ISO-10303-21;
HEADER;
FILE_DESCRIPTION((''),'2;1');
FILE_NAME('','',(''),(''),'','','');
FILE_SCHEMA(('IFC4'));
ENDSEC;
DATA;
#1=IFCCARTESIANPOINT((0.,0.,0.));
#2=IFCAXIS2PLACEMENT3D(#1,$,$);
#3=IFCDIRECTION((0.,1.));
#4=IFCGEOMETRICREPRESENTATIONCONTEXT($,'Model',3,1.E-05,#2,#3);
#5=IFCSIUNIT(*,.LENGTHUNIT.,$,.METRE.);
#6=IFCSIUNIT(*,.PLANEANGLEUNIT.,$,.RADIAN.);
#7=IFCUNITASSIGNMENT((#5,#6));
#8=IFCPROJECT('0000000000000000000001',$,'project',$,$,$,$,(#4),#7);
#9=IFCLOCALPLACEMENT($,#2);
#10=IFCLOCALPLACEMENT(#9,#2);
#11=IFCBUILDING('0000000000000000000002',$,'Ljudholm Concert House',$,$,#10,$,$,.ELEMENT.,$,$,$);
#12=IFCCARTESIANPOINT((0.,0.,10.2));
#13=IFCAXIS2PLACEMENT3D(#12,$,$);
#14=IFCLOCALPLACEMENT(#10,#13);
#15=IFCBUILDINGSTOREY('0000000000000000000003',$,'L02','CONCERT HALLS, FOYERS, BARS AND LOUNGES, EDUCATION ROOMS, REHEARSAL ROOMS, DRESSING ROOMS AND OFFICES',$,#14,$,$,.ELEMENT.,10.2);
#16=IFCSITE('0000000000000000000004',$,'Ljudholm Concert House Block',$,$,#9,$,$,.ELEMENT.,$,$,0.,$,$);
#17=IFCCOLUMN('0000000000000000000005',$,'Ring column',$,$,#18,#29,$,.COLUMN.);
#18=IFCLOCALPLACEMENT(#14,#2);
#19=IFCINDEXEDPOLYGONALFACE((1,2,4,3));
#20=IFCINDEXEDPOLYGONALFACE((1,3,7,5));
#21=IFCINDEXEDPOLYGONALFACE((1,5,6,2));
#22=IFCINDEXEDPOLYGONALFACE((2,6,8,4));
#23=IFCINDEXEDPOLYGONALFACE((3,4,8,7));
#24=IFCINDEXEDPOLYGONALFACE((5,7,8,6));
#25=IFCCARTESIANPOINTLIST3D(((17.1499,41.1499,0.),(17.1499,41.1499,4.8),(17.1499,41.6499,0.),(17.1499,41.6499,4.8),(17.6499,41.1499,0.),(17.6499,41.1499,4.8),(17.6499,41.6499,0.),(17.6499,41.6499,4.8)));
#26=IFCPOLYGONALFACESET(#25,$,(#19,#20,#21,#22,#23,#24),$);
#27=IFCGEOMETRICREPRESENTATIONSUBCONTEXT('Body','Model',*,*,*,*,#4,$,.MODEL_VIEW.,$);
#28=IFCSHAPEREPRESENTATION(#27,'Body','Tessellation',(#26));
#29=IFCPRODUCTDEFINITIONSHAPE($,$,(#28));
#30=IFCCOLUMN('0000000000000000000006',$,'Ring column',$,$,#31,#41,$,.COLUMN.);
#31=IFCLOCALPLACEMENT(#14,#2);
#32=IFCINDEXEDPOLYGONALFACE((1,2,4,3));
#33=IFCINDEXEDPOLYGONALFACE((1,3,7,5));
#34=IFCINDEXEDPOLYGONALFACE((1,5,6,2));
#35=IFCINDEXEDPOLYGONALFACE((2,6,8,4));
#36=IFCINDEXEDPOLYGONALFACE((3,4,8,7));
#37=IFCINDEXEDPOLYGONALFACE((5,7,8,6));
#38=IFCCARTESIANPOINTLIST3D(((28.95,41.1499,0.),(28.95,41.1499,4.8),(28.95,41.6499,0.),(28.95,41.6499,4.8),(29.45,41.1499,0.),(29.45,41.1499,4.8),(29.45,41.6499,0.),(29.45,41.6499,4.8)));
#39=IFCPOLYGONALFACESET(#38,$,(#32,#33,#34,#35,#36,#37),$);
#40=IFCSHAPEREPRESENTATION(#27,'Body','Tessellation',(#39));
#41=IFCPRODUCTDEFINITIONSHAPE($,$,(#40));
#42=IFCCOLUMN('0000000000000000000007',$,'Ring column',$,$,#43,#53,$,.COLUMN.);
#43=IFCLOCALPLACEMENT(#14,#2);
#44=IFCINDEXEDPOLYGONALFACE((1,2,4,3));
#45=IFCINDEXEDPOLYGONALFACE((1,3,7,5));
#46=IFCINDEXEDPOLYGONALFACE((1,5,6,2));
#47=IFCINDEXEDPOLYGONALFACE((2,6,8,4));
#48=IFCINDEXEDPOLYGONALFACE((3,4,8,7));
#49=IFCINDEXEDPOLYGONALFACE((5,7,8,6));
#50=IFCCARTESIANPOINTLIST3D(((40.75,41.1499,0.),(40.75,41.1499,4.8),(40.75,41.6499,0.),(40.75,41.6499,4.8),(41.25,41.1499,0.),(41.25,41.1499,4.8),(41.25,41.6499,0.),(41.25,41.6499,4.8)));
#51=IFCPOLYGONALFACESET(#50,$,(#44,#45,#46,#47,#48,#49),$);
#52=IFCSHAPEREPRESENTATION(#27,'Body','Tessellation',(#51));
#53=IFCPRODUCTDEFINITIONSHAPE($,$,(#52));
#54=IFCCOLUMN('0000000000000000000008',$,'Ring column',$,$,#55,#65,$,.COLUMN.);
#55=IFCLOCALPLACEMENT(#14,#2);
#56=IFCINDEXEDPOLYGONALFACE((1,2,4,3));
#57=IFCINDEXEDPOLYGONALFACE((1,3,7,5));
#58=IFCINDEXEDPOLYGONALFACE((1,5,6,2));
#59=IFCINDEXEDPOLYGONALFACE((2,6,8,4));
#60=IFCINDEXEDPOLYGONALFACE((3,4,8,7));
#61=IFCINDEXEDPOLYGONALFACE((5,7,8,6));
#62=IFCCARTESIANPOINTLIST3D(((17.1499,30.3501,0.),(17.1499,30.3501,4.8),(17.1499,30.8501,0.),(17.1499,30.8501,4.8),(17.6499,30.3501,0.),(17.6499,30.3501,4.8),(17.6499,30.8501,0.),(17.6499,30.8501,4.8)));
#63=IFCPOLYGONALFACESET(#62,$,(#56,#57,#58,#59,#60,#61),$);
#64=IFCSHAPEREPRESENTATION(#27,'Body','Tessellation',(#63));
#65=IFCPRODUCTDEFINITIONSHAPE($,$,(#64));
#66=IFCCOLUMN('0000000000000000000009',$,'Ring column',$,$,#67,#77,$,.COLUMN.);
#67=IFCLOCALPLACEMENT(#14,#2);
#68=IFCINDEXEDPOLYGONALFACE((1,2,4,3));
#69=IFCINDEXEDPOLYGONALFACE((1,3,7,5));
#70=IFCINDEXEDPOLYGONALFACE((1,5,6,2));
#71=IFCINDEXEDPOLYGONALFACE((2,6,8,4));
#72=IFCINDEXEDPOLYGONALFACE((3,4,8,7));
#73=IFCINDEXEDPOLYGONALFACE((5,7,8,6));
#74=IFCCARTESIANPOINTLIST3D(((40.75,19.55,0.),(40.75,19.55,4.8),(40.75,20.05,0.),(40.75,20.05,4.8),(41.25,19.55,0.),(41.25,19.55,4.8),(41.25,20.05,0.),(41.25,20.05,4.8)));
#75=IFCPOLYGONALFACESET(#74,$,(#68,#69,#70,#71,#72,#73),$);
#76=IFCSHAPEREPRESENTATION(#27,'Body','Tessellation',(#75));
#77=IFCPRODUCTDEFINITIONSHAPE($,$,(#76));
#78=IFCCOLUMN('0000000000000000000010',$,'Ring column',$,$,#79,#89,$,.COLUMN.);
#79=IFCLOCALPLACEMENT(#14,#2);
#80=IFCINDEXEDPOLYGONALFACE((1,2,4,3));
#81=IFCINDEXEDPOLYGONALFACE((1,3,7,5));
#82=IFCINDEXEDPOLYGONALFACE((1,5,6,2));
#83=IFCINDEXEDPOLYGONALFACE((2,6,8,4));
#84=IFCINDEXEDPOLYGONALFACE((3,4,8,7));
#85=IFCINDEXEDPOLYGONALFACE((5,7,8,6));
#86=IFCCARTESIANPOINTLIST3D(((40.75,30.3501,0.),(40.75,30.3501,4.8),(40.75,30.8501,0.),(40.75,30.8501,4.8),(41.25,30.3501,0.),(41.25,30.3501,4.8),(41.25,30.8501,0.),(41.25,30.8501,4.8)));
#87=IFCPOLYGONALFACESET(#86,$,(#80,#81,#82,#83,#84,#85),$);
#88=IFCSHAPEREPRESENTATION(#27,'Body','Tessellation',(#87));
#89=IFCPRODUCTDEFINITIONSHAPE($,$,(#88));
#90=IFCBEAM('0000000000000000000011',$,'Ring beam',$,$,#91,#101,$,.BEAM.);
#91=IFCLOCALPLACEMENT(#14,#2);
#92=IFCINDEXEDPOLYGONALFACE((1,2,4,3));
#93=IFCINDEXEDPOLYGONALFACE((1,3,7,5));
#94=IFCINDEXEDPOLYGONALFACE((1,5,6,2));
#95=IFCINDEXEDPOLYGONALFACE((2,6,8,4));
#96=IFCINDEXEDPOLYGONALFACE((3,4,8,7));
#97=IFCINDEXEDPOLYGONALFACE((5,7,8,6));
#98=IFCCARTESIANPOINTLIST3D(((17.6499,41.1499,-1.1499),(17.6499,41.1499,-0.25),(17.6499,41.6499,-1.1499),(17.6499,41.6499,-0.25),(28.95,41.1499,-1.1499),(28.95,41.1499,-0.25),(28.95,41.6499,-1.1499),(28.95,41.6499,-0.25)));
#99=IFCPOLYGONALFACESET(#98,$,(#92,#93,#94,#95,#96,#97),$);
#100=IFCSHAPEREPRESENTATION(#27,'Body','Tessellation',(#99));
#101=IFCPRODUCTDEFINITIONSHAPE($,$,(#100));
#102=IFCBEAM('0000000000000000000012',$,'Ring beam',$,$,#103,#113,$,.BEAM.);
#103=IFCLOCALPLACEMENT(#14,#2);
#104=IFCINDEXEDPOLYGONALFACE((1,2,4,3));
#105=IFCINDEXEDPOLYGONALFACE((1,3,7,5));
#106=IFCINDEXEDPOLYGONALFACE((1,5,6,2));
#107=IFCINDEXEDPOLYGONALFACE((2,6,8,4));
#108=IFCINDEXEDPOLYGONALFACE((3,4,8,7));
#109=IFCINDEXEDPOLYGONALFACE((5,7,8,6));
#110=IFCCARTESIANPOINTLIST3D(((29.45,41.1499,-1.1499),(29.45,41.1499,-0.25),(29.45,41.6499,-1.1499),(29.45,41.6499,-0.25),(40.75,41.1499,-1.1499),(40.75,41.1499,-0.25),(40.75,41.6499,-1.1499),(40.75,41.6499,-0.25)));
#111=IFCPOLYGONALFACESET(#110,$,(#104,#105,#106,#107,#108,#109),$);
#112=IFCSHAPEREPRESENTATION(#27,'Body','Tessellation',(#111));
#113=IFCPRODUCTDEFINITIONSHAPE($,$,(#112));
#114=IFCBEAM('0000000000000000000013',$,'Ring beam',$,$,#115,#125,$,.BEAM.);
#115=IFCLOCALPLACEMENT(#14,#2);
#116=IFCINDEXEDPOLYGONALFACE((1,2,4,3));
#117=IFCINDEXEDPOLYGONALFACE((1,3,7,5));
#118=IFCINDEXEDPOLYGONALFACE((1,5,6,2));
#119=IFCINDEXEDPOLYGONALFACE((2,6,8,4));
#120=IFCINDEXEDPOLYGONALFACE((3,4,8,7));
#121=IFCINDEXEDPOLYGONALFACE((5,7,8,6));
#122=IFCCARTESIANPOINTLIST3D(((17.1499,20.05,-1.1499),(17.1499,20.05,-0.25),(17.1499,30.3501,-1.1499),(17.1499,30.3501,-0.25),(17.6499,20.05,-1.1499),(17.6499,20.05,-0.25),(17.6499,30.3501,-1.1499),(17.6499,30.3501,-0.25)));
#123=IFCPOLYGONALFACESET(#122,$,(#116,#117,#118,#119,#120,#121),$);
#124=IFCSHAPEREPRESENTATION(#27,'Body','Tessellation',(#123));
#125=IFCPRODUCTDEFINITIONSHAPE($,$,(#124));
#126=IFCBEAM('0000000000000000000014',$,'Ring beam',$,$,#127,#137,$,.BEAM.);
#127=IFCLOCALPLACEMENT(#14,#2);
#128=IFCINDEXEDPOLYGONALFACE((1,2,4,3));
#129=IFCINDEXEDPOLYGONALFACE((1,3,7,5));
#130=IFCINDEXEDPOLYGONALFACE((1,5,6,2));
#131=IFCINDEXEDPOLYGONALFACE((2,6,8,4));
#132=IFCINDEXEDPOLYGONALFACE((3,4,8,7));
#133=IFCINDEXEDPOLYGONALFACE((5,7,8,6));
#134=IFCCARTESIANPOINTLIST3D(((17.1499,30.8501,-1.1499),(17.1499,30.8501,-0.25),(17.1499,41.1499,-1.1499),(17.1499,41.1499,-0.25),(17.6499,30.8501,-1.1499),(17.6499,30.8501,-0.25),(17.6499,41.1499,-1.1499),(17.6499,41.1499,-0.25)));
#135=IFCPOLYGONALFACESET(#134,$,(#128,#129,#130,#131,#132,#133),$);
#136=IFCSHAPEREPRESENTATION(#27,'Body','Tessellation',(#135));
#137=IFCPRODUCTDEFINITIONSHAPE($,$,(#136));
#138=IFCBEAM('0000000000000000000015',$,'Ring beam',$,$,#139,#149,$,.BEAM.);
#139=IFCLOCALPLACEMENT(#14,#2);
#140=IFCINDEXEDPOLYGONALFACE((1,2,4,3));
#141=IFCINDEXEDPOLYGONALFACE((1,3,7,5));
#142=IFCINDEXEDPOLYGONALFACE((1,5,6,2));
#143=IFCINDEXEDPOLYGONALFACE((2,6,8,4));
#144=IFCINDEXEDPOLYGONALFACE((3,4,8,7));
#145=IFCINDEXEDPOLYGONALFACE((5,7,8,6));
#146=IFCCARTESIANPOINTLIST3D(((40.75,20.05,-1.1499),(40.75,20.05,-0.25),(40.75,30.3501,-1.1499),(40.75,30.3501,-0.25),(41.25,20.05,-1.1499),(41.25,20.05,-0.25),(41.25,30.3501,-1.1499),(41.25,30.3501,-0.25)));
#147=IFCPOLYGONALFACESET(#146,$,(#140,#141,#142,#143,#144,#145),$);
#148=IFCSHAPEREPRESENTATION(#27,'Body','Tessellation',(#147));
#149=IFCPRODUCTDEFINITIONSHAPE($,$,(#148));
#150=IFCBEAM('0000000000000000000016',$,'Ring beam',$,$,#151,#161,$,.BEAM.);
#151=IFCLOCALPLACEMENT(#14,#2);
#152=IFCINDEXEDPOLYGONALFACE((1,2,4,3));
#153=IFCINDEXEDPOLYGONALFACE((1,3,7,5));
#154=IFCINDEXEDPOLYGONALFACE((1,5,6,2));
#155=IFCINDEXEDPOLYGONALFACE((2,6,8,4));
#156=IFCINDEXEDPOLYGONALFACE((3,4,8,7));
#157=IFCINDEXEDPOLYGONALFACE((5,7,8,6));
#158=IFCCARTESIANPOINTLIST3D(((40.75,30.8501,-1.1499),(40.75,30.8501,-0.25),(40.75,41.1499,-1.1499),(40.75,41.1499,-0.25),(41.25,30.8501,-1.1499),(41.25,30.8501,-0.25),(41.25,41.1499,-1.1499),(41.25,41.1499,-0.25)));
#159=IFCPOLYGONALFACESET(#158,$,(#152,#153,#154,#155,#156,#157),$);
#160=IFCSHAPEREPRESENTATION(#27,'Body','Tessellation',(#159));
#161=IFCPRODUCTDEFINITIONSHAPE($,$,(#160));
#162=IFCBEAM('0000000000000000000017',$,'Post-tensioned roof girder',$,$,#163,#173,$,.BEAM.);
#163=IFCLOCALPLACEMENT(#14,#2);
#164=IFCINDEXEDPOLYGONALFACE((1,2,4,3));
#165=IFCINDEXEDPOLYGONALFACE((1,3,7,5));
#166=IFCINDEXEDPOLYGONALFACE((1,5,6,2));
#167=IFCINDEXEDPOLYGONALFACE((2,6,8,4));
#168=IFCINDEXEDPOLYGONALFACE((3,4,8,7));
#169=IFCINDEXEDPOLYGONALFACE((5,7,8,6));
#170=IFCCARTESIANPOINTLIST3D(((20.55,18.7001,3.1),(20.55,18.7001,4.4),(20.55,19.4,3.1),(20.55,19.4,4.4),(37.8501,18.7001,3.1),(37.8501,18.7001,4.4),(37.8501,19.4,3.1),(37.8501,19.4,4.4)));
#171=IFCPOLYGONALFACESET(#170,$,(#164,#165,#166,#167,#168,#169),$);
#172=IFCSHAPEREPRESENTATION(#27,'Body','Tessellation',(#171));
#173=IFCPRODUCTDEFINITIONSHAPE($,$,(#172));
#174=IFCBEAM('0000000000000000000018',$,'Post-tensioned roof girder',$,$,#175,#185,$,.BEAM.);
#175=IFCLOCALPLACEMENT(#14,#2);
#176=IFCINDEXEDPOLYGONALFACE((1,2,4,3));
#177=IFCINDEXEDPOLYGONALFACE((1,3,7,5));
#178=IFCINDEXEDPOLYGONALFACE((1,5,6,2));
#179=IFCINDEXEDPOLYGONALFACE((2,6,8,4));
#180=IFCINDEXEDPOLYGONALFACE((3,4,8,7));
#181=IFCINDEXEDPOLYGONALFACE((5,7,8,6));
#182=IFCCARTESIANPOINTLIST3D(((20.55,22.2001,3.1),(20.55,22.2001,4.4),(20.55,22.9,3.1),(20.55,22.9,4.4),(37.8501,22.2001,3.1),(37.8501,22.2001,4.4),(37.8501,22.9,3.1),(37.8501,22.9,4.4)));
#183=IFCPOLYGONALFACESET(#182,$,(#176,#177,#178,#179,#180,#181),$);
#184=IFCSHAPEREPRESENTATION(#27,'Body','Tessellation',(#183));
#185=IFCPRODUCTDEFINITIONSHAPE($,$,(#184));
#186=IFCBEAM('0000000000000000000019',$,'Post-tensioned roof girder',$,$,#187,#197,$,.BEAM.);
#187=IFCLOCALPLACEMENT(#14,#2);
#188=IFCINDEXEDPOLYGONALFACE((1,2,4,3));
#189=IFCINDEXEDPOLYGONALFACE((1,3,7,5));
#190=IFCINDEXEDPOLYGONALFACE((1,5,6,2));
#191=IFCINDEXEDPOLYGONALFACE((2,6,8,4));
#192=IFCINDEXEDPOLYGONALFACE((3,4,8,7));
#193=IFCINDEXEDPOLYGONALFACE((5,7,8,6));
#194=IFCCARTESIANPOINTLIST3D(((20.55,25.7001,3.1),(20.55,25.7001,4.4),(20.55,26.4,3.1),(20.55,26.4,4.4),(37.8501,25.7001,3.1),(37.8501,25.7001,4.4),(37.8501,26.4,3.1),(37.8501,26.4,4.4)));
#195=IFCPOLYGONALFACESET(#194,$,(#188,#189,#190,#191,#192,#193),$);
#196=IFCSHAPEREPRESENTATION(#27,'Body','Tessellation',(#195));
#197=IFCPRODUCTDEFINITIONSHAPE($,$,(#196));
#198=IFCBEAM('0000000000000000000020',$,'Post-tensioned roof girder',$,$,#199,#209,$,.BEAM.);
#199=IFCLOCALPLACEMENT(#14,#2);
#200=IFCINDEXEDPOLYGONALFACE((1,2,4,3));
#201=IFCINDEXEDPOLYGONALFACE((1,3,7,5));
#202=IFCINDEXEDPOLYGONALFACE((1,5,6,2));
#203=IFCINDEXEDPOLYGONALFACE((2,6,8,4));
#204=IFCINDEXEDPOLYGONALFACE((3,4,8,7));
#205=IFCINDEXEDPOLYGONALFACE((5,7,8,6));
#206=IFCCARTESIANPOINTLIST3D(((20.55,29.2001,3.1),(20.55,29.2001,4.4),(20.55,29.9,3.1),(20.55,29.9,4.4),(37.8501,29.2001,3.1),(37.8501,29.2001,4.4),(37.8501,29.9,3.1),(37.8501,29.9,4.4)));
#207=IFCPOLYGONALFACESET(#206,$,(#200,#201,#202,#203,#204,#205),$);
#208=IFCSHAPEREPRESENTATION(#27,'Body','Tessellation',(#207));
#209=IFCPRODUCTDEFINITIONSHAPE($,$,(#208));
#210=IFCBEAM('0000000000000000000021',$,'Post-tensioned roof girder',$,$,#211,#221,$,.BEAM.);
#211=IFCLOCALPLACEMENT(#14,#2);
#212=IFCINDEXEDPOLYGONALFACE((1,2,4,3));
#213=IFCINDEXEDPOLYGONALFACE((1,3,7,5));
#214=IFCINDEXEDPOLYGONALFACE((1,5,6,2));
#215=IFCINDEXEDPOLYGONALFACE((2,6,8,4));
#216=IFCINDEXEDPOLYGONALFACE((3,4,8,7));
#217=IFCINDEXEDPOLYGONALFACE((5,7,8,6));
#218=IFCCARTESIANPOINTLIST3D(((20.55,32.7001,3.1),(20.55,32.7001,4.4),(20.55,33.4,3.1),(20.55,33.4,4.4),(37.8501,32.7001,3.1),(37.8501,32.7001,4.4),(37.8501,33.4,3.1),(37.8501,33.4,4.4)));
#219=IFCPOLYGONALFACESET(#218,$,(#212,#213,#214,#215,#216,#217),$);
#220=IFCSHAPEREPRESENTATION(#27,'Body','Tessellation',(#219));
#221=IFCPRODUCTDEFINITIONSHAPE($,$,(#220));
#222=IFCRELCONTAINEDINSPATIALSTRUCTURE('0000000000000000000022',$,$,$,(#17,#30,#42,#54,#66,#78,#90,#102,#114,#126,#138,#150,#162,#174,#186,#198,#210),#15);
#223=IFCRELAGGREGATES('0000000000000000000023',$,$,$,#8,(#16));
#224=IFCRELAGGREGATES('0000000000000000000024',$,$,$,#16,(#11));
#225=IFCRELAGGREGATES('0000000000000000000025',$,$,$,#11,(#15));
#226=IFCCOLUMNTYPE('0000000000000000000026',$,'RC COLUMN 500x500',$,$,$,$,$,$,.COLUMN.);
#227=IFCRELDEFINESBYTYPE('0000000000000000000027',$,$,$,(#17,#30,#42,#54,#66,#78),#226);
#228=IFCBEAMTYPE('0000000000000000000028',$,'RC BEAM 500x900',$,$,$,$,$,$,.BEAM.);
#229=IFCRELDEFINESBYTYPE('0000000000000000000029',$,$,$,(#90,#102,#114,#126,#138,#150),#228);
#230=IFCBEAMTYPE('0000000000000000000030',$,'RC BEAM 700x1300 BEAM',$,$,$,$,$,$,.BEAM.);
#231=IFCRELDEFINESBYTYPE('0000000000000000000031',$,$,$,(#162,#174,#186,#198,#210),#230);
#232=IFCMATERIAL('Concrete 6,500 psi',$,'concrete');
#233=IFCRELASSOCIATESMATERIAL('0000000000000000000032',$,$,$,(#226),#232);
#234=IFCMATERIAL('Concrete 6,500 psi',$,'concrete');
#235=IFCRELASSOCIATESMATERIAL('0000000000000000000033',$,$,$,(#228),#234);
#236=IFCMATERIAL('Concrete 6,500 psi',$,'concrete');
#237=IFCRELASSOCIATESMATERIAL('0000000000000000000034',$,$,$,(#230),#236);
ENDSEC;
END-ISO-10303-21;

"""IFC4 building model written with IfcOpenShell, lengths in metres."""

from ifc_helpers import new_model, si_unit, direction, frame, origin, origin_2d, place, context, subcontext, project, spatial, rectangle, extrude, material, material_profile, profile_set, type_object, element, save


model = new_model("IFC4")

# Units and contexts
model_context = context("Model", 3, precision=1e-05, world=origin(), true_north=direction((0.0, 1.0)))
body_context = subcontext(model_context, "Body", "Model", "MODEL_VIEW")
ifc_project = project(units=[si_unit("LENGTHUNIT", "METRE"), si_unit("PLANEANGLEUNIT", "RADIAN")], contexts=[model_context])

# Site, building, storey
site_placement = place(None, origin())
site = spatial("IfcSite", under=ifc_project, at=site_placement, Name="Ljudholm Concert House Block", CompositionType="ELEMENT", RefElevation=0.0)
building_placement = place(site_placement, origin())
building = spatial("IfcBuilding", under=site, at=building_placement, Name="Ljudholm Concert House", CompositionType="ELEMENT")
storey_placement = place(building_placement, frame((0.0, 0.0, 10.2)))
storey = spatial("IfcBuildingStorey", under=building, at=storey_placement, Name="L02", Description="CONCERT HALLS, FOYERS, BARS AND LOUNGES, EDUCATION ROOMS, REHEARSAL ROOMS, DRESSING ROOMS AND OFFICES", CompositionType="ELEMENT", Elevation=10.2)

# Columns
ifc_material_1 = material(Name="Concrete 6,500 psi", Category="concrete")
ifc_material_profile_1 = material_profile(ifc_material_1, rectangle(XDim=0.5, YDim=0.5, at=origin_2d()), Name="RC COLUMN 500x500")
ifc_profile_set_1 = profile_set([ifc_material_profile_1], Name="Concrete 6,500 psi")
column_type = type_object("IfcColumnType", Name="RC COLUMN 500x500", PredefinedType="COLUMN", material=ifc_profile_set_1)
for number, where, z_axis, x_axis, name in (
    (1, (17.3999, 41.3999, 0.0), (0.0, 0.0, 1.0), (1.0, 0.0, 0.0), "Ring column"),
    (2, (29.2, 41.3999, 0.0), (0.0, 0.0, 1.0), (1.0, 0.0, 0.0), "Ring column"),
    (3, (41.0, 41.3999, 0.0), (0.0, 0.0, 1.0), (1.0, 0.0, 0.0), "Ring column"),
    (4, (17.3999, 30.6001, 0.0), (0.0, 0.0, 1.0), (1.0, 0.0, 0.0), "Ring column"),
    (5, (41.0, 19.8, 0.0), (0.0, 0.0, 1.0), (1.0, 0.0, 0.0), "Ring column"),
    (6, (41.0, 30.6001, 0.0), (0.0, 0.0, 1.0), (1.0, 0.0, 0.0), "Ring column"),
):
    element("IfcColumn", number, at=place(storey_placement, frame(where, z_axis=z_axis, x_axis=x_axis)), inside=storey, type_object=column_type, Name=name, PredefinedType="COLUMN", context=body_context, shape_type="SweptSolid", body=[
        extrude(rectangle(XDim=0.5, YDim=0.5, at=origin_2d()), origin(), (0.0, 0.0, 1.0), 4.8),
    ])

# Beams
ifc_material_2 = material(Name="Concrete 6,500 psi", Category="concrete")
ifc_material_profile_2 = material_profile(ifc_material_2, rectangle(XDim=0.5, YDim=0.8999, at=origin_2d()), Name="RC BEAM 500x900")
ifc_profile_set_2 = profile_set([ifc_material_profile_2], Name="Concrete 6,500 psi")
beam_type_1 = type_object("IfcBeamType", Name="RC BEAM 500x900", PredefinedType="BEAM", material=ifc_profile_set_2)
for number, where, z_axis, x_axis, name in (
    (7, (17.6499, 41.3999, -0.7), (1.0, 0.0, 0.0), (0.0, 1.0, 0.0), "Ring beam"),
    (8, (29.45, 41.3999, -0.7), (1.0, 0.0, 0.0), (0.0, 1.0, 0.0), "Ring beam"),
):
    element("IfcBeam", number, at=place(storey_placement, frame(where, z_axis=z_axis, x_axis=x_axis)), inside=storey, type_object=beam_type_1, Name=name, PredefinedType="BEAM", context=body_context, shape_type="SweptSolid", body=[
        extrude(rectangle(XDim=0.5, YDim=0.8999, at=origin_2d()), origin(), (0.0, 0.0, 1.0), 11.3),
    ])
beam_1_placement = place(storey_placement, frame((17.3999, 20.05, -0.7), z_axis=(0.0, 1.0, 0.0), x_axis=(-1.0, 0.0, 0.0)))
element("IfcBeam", 9, at=beam_1_placement, inside=storey, type_object=beam_type_1, Name="Ring beam", PredefinedType="BEAM", context=body_context, shape_type="SweptSolid", body=[
    extrude(rectangle(XDim=0.5, YDim=0.8999, at=origin_2d()), origin(), (0.0, 0.0, 1.0), 10.3),
])
beam_2_placement = place(storey_placement, frame((17.3999, 30.8501, -0.7), z_axis=(0.0, 1.0, 0.0), x_axis=(-1.0, 0.0, 0.0)))
element("IfcBeam", 10, at=beam_2_placement, inside=storey, type_object=beam_type_1, Name="Ring beam", PredefinedType="BEAM", context=body_context, shape_type="SweptSolid", body=[
    extrude(rectangle(XDim=0.5, YDim=0.8999, at=origin_2d()), origin(), (0.0, 0.0, 1.0), 10.2998),
])
beam_3_placement = place(storey_placement, frame((41.0, 20.05, -0.7), z_axis=(0.0, 1.0, 0.0), x_axis=(-1.0, 0.0, 0.0)))
element("IfcBeam", 11, at=beam_3_placement, inside=storey, type_object=beam_type_1, Name="Ring beam", PredefinedType="BEAM", context=body_context, shape_type="SweptSolid", body=[
    extrude(rectangle(XDim=0.5, YDim=0.8999, at=origin_2d()), origin(), (0.0, 0.0, 1.0), 10.3),
])
beam_4_placement = place(storey_placement, frame((41.0, 30.8501, -0.7), z_axis=(0.0, 1.0, 0.0), x_axis=(-1.0, 0.0, 0.0)))
element("IfcBeam", 12, at=beam_4_placement, inside=storey, type_object=beam_type_1, Name="Ring beam", PredefinedType="BEAM", context=body_context, shape_type="SweptSolid", body=[
    extrude(rectangle(XDim=0.5, YDim=0.8999, at=origin_2d()), origin(), (0.0, 0.0, 1.0), 10.2998),
])
ifc_material_3 = material(Name="Concrete 6,500 psi", Category="concrete")
ifc_material_profile_3 = material_profile(ifc_material_3, rectangle(XDim=0.7, YDim=1.3, at=origin_2d()), Name="RC BEAM 700x1300 BEAM")
ifc_profile_set_3 = profile_set([ifc_material_profile_3], Name="Concrete 6,500 psi")
beam_type_2 = type_object("IfcBeamType", Name="RC BEAM 700x1300 BEAM", PredefinedType="BEAM", material=ifc_profile_set_3)
for number, where, z_axis, x_axis, name in (
    (13, (20.55, 19.05, 3.75), (1.0, 0.0, 0.0), (0.0, 1.0, 0.0), "Post-tensioned roof girder"),
    (14, (20.55, 22.55, 3.75), (1.0, 0.0, 0.0), (0.0, 1.0, 0.0), "Post-tensioned roof girder"),
    (15, (20.55, 26.05, 3.75), (1.0, 0.0, 0.0), (0.0, 1.0, 0.0), "Post-tensioned roof girder"),
    (16, (20.55, 29.55, 3.75), (1.0, 0.0, 0.0), (0.0, 1.0, 0.0), "Post-tensioned roof girder"),
    (17, (20.55, 33.05, 3.75), (1.0, 0.0, 0.0), (0.0, 1.0, 0.0), "Post-tensioned roof girder"),
):
    element("IfcBeam", number, at=place(storey_placement, frame(where, z_axis=z_axis, x_axis=x_axis)), inside=storey, type_object=beam_type_2, Name=name, PredefinedType="BEAM", context=body_context, shape_type="SweptSolid", body=[
        extrude(rectangle(XDim=0.7, YDim=1.3, at=origin_2d()), origin(), (0.0, 0.0, 1.0), 17.3),
    ])

save(model, "model.ifc")
